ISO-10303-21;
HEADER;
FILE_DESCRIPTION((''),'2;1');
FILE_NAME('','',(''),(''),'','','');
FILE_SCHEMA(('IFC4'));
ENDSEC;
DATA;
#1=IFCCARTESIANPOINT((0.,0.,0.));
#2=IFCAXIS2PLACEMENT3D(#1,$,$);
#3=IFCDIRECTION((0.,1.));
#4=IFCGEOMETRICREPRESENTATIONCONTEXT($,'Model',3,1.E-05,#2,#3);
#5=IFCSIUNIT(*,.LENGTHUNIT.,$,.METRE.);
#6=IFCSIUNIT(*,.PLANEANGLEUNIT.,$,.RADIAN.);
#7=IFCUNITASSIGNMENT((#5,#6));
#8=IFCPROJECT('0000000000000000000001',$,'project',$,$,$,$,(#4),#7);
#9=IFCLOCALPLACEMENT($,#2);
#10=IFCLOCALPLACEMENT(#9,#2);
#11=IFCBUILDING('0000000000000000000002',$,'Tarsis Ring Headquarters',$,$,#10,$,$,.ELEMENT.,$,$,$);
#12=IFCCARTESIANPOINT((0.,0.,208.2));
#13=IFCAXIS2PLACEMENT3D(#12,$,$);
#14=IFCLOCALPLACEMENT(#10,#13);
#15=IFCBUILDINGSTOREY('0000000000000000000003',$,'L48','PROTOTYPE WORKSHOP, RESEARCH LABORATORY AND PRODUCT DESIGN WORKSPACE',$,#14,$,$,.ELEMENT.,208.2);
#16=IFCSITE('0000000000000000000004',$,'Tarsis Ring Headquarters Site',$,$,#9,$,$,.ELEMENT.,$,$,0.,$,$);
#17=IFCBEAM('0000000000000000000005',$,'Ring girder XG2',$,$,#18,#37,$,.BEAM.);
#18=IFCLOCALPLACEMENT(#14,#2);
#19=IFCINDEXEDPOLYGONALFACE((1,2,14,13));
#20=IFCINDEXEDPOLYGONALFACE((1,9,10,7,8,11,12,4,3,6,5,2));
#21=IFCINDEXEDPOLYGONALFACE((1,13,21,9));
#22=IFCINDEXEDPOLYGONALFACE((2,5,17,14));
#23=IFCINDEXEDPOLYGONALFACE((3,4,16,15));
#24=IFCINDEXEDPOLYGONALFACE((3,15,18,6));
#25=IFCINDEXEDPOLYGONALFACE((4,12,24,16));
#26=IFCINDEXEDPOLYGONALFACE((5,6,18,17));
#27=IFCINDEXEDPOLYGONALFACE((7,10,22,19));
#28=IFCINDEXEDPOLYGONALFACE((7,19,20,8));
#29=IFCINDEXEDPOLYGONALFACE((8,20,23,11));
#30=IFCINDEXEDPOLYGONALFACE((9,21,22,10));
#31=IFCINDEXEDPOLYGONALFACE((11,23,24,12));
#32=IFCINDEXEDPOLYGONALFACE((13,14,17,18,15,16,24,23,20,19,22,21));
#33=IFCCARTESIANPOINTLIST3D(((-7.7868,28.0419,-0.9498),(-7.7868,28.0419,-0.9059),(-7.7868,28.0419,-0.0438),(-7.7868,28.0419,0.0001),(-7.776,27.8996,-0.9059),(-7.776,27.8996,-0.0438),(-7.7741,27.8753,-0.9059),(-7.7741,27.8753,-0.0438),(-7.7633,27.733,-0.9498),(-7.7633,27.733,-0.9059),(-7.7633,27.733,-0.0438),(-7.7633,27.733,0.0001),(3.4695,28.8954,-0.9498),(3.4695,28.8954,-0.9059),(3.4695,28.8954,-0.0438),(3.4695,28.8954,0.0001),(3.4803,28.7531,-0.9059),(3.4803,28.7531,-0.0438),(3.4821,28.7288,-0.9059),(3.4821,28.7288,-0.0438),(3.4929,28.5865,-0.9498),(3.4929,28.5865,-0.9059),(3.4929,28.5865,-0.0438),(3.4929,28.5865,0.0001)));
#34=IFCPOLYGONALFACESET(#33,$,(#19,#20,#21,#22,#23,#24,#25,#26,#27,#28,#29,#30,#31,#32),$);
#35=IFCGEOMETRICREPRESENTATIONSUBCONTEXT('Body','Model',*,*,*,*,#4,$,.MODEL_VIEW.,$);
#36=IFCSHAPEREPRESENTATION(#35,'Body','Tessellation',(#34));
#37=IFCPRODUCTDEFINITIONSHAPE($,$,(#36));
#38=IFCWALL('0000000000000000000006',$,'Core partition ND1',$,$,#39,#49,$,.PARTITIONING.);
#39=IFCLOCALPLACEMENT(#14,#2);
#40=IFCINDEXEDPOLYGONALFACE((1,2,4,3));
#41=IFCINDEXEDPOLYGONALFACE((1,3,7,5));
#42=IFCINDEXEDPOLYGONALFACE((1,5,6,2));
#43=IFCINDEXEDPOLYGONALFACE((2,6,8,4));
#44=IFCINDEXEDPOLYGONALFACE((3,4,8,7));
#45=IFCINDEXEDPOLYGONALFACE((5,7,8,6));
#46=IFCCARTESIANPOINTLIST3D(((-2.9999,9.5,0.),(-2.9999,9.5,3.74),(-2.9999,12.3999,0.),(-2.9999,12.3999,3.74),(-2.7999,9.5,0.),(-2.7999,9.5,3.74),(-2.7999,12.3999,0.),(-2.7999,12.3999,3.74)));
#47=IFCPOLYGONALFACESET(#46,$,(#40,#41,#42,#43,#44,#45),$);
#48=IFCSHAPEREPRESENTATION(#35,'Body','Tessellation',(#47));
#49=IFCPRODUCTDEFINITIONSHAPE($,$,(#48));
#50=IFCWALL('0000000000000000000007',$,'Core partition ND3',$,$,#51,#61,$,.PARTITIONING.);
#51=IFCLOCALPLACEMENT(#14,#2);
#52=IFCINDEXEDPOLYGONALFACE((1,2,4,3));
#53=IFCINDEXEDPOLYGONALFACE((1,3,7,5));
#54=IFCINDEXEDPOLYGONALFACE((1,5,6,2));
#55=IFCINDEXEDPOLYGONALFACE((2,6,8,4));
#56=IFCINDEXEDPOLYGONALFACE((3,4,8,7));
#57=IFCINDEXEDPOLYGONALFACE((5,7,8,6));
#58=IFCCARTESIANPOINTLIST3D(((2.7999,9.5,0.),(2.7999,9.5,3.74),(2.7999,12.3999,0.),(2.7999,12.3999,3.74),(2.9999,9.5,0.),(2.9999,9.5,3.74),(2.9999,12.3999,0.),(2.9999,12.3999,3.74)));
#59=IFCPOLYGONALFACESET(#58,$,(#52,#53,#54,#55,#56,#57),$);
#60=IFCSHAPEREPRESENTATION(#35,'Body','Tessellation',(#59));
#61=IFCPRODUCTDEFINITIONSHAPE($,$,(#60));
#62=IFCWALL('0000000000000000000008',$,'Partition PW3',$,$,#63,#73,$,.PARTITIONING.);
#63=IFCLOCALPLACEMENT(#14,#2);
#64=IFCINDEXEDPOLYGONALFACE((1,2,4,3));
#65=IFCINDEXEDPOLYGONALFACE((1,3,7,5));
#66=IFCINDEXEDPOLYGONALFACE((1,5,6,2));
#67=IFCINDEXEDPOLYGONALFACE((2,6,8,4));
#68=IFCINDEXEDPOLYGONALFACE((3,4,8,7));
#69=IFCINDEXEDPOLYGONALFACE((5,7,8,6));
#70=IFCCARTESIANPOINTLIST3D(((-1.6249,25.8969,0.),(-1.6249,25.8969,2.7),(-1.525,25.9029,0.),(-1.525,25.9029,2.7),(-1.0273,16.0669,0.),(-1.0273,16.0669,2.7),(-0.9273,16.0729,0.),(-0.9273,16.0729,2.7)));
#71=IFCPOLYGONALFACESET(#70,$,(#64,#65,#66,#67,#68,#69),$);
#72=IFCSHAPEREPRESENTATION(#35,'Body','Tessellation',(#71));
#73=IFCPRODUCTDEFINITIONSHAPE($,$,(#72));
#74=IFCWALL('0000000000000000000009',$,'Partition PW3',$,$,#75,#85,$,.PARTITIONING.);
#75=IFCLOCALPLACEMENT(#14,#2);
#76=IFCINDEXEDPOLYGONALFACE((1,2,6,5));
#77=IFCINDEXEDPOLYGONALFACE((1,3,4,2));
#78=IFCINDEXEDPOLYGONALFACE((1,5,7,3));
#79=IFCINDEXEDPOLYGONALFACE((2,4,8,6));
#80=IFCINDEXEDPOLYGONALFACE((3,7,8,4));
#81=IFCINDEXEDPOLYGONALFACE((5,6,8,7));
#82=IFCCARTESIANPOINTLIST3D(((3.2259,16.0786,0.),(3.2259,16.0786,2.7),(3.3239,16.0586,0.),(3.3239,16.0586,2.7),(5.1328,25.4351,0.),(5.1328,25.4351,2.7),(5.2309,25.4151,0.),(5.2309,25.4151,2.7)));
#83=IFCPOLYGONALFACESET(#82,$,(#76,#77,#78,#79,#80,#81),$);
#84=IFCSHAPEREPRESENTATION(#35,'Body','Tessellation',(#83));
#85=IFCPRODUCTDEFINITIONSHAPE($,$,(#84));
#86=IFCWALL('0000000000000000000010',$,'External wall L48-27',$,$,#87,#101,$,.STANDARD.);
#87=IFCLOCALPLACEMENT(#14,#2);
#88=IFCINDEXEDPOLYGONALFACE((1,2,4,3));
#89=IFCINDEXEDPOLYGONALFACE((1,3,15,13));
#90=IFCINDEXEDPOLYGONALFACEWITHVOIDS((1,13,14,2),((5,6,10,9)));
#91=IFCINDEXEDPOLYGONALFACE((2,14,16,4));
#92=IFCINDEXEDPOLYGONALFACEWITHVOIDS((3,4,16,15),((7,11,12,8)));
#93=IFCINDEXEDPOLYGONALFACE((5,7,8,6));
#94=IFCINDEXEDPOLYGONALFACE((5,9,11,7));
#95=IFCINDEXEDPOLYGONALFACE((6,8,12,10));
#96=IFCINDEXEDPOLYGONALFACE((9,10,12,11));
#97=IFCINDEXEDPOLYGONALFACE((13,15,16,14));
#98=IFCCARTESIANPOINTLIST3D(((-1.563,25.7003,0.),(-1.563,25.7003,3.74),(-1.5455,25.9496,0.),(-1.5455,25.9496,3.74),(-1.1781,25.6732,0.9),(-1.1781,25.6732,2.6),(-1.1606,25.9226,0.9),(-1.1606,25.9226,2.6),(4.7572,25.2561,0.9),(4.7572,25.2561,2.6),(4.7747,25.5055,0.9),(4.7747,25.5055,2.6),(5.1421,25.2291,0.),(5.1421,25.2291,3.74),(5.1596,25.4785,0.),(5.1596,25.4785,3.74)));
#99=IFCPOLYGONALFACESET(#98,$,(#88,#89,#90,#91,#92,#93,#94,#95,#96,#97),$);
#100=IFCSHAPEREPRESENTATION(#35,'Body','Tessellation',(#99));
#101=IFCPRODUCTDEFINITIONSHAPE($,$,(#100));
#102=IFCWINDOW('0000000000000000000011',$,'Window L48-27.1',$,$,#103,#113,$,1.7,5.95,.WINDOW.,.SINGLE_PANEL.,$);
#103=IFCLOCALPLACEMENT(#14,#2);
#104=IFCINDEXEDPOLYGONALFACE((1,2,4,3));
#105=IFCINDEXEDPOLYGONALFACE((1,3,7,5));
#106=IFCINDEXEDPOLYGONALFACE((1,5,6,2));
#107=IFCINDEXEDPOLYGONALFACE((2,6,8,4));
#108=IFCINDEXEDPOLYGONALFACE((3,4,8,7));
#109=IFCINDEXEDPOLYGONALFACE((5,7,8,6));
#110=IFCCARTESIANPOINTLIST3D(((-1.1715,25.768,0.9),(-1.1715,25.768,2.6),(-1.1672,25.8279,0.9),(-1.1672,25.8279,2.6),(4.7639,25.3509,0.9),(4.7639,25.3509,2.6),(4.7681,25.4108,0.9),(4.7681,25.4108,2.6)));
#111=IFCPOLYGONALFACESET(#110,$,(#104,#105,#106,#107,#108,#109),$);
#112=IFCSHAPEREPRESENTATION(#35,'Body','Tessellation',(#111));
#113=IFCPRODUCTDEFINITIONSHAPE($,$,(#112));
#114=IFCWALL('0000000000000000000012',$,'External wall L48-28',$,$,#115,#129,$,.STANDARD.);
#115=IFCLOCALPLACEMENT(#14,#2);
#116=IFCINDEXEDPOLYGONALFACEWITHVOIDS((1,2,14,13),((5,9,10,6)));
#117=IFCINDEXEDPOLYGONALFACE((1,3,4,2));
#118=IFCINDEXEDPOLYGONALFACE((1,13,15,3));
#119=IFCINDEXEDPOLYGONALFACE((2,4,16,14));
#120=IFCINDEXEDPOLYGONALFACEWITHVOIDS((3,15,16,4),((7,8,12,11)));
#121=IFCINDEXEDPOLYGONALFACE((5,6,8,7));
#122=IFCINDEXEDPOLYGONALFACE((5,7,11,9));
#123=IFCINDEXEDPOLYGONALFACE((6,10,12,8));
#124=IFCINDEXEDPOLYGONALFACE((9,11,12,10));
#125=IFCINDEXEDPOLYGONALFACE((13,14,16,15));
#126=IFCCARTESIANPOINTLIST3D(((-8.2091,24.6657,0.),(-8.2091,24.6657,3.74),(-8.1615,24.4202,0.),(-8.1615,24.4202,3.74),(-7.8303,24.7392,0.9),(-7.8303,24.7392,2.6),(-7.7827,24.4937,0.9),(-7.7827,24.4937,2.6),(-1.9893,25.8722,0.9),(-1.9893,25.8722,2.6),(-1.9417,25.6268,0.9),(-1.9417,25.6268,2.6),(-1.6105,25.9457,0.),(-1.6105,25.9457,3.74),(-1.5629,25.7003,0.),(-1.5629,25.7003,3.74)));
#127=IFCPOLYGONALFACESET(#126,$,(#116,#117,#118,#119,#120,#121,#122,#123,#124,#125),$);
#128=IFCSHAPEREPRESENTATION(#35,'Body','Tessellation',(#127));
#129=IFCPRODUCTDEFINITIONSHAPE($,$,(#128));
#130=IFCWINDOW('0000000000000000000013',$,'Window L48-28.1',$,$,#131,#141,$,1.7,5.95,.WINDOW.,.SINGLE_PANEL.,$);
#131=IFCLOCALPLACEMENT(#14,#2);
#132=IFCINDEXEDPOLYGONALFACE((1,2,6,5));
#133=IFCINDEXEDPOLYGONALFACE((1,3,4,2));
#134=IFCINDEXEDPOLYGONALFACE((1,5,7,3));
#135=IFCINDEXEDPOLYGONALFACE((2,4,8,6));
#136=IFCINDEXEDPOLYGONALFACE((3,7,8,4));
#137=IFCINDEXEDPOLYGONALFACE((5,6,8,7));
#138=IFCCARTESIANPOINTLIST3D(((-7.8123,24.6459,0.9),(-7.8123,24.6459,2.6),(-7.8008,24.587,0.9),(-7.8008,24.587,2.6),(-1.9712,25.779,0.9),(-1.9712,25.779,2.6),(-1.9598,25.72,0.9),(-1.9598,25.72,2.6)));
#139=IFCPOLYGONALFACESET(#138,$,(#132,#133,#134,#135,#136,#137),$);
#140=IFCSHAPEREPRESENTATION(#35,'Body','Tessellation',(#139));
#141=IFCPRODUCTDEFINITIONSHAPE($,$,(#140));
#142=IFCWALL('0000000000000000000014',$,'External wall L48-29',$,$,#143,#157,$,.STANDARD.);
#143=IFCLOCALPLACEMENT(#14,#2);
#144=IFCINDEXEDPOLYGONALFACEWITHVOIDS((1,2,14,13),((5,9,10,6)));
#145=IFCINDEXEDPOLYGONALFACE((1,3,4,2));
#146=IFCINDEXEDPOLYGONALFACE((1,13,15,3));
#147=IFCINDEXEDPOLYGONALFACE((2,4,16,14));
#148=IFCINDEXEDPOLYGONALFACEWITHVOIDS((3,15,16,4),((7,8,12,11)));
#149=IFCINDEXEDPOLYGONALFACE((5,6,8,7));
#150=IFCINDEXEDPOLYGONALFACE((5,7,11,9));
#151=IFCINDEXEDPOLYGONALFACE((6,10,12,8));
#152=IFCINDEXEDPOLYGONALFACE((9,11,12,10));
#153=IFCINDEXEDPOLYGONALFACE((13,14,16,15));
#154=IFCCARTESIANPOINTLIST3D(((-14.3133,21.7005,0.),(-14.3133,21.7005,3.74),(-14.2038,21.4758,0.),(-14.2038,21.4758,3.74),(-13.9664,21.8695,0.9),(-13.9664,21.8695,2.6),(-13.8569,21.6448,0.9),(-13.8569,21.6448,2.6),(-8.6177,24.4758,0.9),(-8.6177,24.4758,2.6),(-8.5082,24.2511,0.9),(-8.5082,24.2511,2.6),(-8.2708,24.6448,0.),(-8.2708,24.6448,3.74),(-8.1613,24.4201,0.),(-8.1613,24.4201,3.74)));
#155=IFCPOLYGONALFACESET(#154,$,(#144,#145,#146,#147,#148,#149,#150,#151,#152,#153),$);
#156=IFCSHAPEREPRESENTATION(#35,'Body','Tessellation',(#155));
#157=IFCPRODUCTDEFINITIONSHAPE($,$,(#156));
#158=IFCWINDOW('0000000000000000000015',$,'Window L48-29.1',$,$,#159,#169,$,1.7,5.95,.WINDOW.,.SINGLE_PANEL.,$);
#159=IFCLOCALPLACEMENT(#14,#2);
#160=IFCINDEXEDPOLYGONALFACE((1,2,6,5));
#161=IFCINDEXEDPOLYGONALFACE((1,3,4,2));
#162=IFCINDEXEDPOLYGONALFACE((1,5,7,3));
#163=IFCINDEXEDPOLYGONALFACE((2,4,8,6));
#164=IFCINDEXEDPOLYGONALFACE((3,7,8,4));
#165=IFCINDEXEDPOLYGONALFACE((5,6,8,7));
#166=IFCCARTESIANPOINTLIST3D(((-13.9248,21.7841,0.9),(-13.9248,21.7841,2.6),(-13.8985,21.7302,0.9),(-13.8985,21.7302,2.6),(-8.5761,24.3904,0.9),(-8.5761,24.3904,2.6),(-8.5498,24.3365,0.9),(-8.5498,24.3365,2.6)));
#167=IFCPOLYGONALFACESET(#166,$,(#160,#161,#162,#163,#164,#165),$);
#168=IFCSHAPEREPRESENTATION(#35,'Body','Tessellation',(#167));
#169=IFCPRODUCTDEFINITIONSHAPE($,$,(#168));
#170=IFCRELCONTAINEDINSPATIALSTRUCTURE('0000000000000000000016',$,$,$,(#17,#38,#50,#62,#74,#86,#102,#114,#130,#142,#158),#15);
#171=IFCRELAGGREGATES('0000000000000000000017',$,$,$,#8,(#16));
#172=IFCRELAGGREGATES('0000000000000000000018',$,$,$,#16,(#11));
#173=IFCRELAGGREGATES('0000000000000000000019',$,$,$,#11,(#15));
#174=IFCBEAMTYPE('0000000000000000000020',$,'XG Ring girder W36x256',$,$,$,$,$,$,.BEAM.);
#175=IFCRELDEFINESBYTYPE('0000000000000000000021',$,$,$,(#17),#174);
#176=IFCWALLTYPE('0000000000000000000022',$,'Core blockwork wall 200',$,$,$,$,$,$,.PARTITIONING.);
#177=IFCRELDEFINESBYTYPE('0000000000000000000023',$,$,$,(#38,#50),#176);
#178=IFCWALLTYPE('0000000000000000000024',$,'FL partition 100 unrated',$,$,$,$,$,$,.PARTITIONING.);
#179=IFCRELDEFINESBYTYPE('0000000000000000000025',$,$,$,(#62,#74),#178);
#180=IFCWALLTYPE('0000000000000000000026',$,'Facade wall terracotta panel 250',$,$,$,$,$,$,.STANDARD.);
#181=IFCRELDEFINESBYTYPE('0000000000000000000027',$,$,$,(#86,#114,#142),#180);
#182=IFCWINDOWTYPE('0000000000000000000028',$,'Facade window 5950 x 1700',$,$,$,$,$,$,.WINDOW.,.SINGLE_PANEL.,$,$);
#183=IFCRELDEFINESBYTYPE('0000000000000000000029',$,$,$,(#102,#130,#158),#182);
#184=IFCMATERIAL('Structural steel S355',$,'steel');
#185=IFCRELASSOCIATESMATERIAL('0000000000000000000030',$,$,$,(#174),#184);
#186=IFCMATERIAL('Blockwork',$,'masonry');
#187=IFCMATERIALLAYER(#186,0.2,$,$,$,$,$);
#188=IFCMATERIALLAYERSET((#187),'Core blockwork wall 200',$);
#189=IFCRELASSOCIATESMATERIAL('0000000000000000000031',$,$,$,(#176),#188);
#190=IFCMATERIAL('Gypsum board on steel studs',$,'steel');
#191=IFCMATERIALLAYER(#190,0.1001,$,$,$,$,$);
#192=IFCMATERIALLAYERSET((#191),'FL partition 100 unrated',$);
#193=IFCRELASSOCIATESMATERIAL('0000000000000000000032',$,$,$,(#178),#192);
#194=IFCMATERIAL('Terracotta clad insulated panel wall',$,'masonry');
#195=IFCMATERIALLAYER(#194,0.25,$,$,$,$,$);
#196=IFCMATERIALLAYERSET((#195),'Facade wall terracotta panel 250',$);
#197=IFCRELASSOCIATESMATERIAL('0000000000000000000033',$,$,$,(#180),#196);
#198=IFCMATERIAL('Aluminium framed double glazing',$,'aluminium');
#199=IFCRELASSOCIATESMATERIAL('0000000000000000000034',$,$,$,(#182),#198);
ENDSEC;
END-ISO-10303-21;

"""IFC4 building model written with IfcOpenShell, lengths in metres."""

from ifc_helpers import new_model, si_unit, direction, frame, frame_2d, origin, origin_2d, place, context, subcontext, project, spatial, rectangle, i_section, extrude, material, layer, layer_set, material_profile, profile_set, type_object, element, fill, save


model = new_model("IFC4")

# Units and contexts
model_context = context("Model", 3, precision=1e-05, world=origin(), true_north=direction((0.0, 1.0)))
body_context = subcontext(model_context, "Body", "Model", "MODEL_VIEW")
ifc_project = project(units=[si_unit("LENGTHUNIT", "METRE"), si_unit("PLANEANGLEUNIT", "RADIAN")], contexts=[model_context])

# Site, building, storey
site_placement = place(None, origin())
site = spatial("IfcSite", under=ifc_project, at=site_placement, Name="Tarsis Ring Headquarters Site", CompositionType="ELEMENT", RefElevation=0.0)
building_placement = place(site_placement, origin())
building = spatial("IfcBuilding", under=site, at=building_placement, Name="Tarsis Ring Headquarters", CompositionType="ELEMENT")
storey_placement = place(building_placement, frame((0.0, 0.0, 208.2)))
storey = spatial("IfcBuildingStorey", under=building, at=storey_placement, Name="L48", Description="PROTOTYPE WORKSHOP, RESEARCH LABORATORY AND PRODUCT DESIGN WORKSPACE", CompositionType="ELEMENT", Elevation=208.2)

# Shared definitions
ifc_material_1 = material(Name="Structural steel S355", Category="steel")

# Beam
ifc_material_profile_1 = material_profile(ifc_material_1, i_section(OverallWidth=0.3098, OverallDepth=0.95, WebThickness=0.0244, FlangeThickness=0.0439, at=origin_2d()), Name="W36x256")
ifc_profile_set_1 = profile_set([ifc_material_profile_1], Name="Structural steel S355")
beam_type_1 = type_object("IfcBeamType", Name="XG Ring girder W36x256", PredefinedType="BEAM", material=ifc_profile_set_1)
beam_1_placement = place(storey_placement, frame((3.4812, 28.741, -0.4749), z_axis=(-0.997138, -0.075608, 0.0), x_axis=(0.075608, -0.997138, 0.0)))
element("IfcBeam", 1, at=beam_1_placement, inside=storey, type_object=beam_type_1, Name="Ring girder XG2", PredefinedType="BEAM", context=body_context, shape_type="SweptSolid", body=[
    extrude(i_section(OverallWidth=0.3098, OverallDepth=0.95, WebThickness=0.0244, FlangeThickness=0.0439, at=origin_2d()), origin(), (0.0, 0.0, 1.0), 11.2886),
])

# Walls
ifc_material_2 = material(Name="Blockwork", Category="masonry")
ifc_layer_1 = layer(ifc_material_2, 0.2)
ifc_layer_set_1 = layer_set([ifc_layer_1], Name="Core blockwork wall 200")
wall_type_1 = type_object("IfcWallType", Name="Core blockwork wall 200", PredefinedType="PARTITIONING", material=ifc_layer_set_1)
for number, where, z_axis, x_axis, name in (
    (2, (-2.8999, 9.5, 0.0), (0.0, 0.0, 1.0), (0.0, 1.0, 0.0), "Core partition ND1"),
    (3, (2.8999, 9.5, 0.0), (0.0, 0.0, 1.0), (0.0, 1.0, 0.0), "Core partition ND3"),
):
    element("IfcWall", number, at=place(storey_placement, frame(where, z_axis=z_axis, x_axis=x_axis)), inside=storey, type_object=wall_type_1, Name=name, PredefinedType="PARTITIONING", context=body_context, shape_type="SweptSolid", body=[
        extrude(rectangle(XDim=2.8999, YDim=0.2, at=frame_2d((1.45, 0.0))), origin(), (0.0, 0.0, 1.0), 3.74),
    ])
ifc_material_3 = material(Name="Gypsum board on steel studs", Category="steel")
ifc_layer_2 = layer(ifc_material_3, 0.1001)
ifc_layer_set_2 = layer_set([ifc_layer_2], Name="FL partition 100 unrated")
wall_type_2 = type_object("IfcWallType", Name="FL partition 100 unrated", PredefinedType="PARTITIONING", material=ifc_layer_set_2)
wall_1_placement = place(storey_placement, frame((-1.575, 25.8999, 0.0), z_axis=(0.0, 0.0, 1.0), x_axis=(0.060687, -0.998157, 0.0)))
element("IfcWall", 4, at=wall_1_placement, inside=storey, type_object=wall_type_2, Name="Partition PW3", PredefinedType="PARTITIONING", context=body_context, shape_type="SweptSolid", body=[
    extrude(rectangle(XDim=9.8481, YDim=0.1001, at=frame_2d((4.9241, 0.0))), origin(), (0.0, 0.0, 1.0), 2.7),
])
wall_2_placement = place(storey_placement, frame((3.2749, 16.0686, 0.0), z_axis=(0.0, 0.0, 1.0), x_axis=(0.199709, 0.979855, 0.0)))
element("IfcWall", 5, at=wall_2_placement, inside=storey, type_object=wall_type_2, Name="Partition PW3", PredefinedType="PARTITIONING", context=body_context, shape_type="SweptSolid", body=[
    extrude(rectangle(XDim=9.5488, YDim=0.1001, at=frame_2d((4.7744, 0.0))), origin(), (0.0, 0.0, 1.0), 2.7),
])

# Walls, openings, windows
ifc_material_4 = material(Name="Terracotta clad insulated panel wall", Category="masonry")
ifc_layer_3 = layer(ifc_material_4, 0.25)
ifc_layer_set_3 = layer_set([ifc_layer_3], Name="Facade wall terracotta panel 250")
wall_type_3 = type_object("IfcWallType", Name="Facade wall terracotta panel 250", PredefinedType="STANDARD", material=ifc_layer_set_3)
wall_3_placement = place(storey_placement, frame((5.1509, 25.3538, 0.0), z_axis=(0.0, 0.0, 1.0), x_axis=(-0.99754, 0.070101, 0.0)))
wall_3 = element("IfcWall", 6, at=wall_3_placement, inside=storey, type_object=wall_type_3, Name="External wall L48-27", PredefinedType="STANDARD", context=body_context, shape_type="SweptSolid", body=[
    extrude(rectangle(XDim=6.7217, YDim=0.25, at=frame_2d((3.3608, 0.0))), origin(), (0.0, 0.0, 1.0), 3.74),
])
opening_1_placement = place(wall_3_placement, frame((0.3857, 0.0, 0.8999)))
opening_1 = element("IfcOpeningElement", 7, at=opening_1_placement, cuts=wall_3, PredefinedType="OPENING", context=body_context, shape_type="SweptSolid", body=[
    extrude(rectangle(XDim=5.95, YDim=1.7, at=frame_2d((2.9751, 0.8501))), frame((0.0, 0.135, 0.0), z_axis=(0.0, -1.0, 0.0), x_axis=(1.0, 0.0, 0.0)), (0.0, 0.0, 1.0), 0.27),
])
ifc_material_5 = material(Name="Aluminium framed double glazing", Category="aluminium")
window_type = type_object("IfcWindowType", Name="Facade window 5950 x 1700", PartitioningType="SINGLE_PANEL", PredefinedType="WINDOW", material=ifc_material_5)
window_1_placement = place(opening_1_placement, origin())
window_1 = element("IfcWindow", 8, at=window_1_placement, inside=storey, type_object=window_type, Name="Window L48-27.1", OverallHeight=1.7, OverallWidth=5.95, PartitioningType="SINGLE_PANEL", PredefinedType="WINDOW", context=body_context, shape_type="SweptSolid", body=[
    extrude(rectangle(XDim=5.95, YDim=1.7, at=frame_2d((2.9751, 0.8501))), frame((0.0, 0.03, 0.0), z_axis=(0.0, -1.0, 0.0), x_axis=(1.0, 0.0, 0.0)), (0.0, 0.0, 1.0), 0.0601),
])
fill(opening_1, window_1)
wall_4_placement = place(storey_placement, frame((-1.5867, 25.823, 0.0), z_axis=(0.0, 0.0, 1.0), x_axis=(-0.9817, -0.190434, 0.0)))
wall_4 = element("IfcWall", 9, at=wall_4_placement, inside=storey, type_object=wall_type_3, Name="External wall L48-28", PredefinedType="STANDARD", context=body_context, shape_type="SweptSolid", body=[
    extrude(rectangle(XDim=6.7217, YDim=0.25, at=frame_2d((3.3608, 0.0))), origin(), (0.0, 0.0, 1.0), 3.74),
])
opening_2_placement = place(wall_4_placement, frame((0.3857, 0.0, 0.8999)))
opening_2 = element("IfcOpeningElement", 10, at=opening_2_placement, cuts=wall_4, PredefinedType="OPENING", context=body_context, shape_type="SweptSolid", body=[
    extrude(rectangle(XDim=5.95, YDim=1.7, at=frame_2d((2.9751, 0.8501))), frame((0.0, 0.135, 0.0), z_axis=(0.0, -1.0, 0.0), x_axis=(1.0, 0.0, 0.0)), (0.0, 0.0, 1.0), 0.27),
])
window_2_placement = place(opening_2_placement, origin())
window_2 = element("IfcWindow", 11, at=window_2_placement, inside=storey, type_object=window_type, Name="Window L48-28.1", OverallHeight=1.7, OverallWidth=5.95, PartitioningType="SINGLE_PANEL", PredefinedType="WINDOW", context=body_context, shape_type="SweptSolid", body=[
    extrude(rectangle(XDim=5.95, YDim=1.7, at=frame_2d((2.9751, 0.8501))), frame((0.0, 0.03, 0.0), z_axis=(0.0, -1.0, 0.0), x_axis=(1.0, 0.0, 0.0)), (0.0, 0.0, 1.0), 0.0601),
])
fill(opening_2, window_2)
wall_5_placement = place(storey_placement, frame((-8.2161, 24.5325, 0.0), z_axis=(0.0, 0.0, 1.0), x_axis=(-0.898957, -0.438037, 0.0)))
wall_5 = element("IfcWall", 12, at=wall_5_placement, inside=storey, type_object=wall_type_3, Name="External wall L48-29", PredefinedType="STANDARD", context=body_context, shape_type="SweptSolid", body=[
    extrude(rectangle(XDim=6.7217, YDim=0.25, at=frame_2d((3.3608, 0.0))), origin(), (0.0, 0.0, 1.0), 3.74),
])
opening_3_placement = place(wall_5_placement, frame((0.3857, 0.0, 0.8999)))
opening_3 = element("IfcOpeningElement", 13, at=opening_3_placement, cuts=wall_5, PredefinedType="OPENING", context=body_context, shape_type="SweptSolid", body=[
    extrude(rectangle(XDim=5.95, YDim=1.7, at=frame_2d((2.9751, 0.8501))), frame((0.0, 0.135, 0.0), z_axis=(0.0, -1.0, 0.0), x_axis=(1.0, 0.0, 0.0)), (0.0, 0.0, 1.0), 0.27),
])
window_3_placement = place(opening_3_placement, origin())
window_3 = element("IfcWindow", 14, at=window_3_placement, inside=storey, type_object=window_type, Name="Window L48-29.1", OverallHeight=1.7, OverallWidth=5.95, PartitioningType="SINGLE_PANEL", PredefinedType="WINDOW", context=body_context, shape_type="SweptSolid", body=[
    extrude(rectangle(XDim=5.95, YDim=1.7, at=frame_2d((2.9751, 0.8501))), frame((0.0, 0.03, 0.0), z_axis=(0.0, -1.0, 0.0), x_axis=(1.0, 0.0, 0.0)), (0.0, 0.0, 1.0), 0.0601),
])
fill(opening_3, window_3)

save(model, "model.ifc")
